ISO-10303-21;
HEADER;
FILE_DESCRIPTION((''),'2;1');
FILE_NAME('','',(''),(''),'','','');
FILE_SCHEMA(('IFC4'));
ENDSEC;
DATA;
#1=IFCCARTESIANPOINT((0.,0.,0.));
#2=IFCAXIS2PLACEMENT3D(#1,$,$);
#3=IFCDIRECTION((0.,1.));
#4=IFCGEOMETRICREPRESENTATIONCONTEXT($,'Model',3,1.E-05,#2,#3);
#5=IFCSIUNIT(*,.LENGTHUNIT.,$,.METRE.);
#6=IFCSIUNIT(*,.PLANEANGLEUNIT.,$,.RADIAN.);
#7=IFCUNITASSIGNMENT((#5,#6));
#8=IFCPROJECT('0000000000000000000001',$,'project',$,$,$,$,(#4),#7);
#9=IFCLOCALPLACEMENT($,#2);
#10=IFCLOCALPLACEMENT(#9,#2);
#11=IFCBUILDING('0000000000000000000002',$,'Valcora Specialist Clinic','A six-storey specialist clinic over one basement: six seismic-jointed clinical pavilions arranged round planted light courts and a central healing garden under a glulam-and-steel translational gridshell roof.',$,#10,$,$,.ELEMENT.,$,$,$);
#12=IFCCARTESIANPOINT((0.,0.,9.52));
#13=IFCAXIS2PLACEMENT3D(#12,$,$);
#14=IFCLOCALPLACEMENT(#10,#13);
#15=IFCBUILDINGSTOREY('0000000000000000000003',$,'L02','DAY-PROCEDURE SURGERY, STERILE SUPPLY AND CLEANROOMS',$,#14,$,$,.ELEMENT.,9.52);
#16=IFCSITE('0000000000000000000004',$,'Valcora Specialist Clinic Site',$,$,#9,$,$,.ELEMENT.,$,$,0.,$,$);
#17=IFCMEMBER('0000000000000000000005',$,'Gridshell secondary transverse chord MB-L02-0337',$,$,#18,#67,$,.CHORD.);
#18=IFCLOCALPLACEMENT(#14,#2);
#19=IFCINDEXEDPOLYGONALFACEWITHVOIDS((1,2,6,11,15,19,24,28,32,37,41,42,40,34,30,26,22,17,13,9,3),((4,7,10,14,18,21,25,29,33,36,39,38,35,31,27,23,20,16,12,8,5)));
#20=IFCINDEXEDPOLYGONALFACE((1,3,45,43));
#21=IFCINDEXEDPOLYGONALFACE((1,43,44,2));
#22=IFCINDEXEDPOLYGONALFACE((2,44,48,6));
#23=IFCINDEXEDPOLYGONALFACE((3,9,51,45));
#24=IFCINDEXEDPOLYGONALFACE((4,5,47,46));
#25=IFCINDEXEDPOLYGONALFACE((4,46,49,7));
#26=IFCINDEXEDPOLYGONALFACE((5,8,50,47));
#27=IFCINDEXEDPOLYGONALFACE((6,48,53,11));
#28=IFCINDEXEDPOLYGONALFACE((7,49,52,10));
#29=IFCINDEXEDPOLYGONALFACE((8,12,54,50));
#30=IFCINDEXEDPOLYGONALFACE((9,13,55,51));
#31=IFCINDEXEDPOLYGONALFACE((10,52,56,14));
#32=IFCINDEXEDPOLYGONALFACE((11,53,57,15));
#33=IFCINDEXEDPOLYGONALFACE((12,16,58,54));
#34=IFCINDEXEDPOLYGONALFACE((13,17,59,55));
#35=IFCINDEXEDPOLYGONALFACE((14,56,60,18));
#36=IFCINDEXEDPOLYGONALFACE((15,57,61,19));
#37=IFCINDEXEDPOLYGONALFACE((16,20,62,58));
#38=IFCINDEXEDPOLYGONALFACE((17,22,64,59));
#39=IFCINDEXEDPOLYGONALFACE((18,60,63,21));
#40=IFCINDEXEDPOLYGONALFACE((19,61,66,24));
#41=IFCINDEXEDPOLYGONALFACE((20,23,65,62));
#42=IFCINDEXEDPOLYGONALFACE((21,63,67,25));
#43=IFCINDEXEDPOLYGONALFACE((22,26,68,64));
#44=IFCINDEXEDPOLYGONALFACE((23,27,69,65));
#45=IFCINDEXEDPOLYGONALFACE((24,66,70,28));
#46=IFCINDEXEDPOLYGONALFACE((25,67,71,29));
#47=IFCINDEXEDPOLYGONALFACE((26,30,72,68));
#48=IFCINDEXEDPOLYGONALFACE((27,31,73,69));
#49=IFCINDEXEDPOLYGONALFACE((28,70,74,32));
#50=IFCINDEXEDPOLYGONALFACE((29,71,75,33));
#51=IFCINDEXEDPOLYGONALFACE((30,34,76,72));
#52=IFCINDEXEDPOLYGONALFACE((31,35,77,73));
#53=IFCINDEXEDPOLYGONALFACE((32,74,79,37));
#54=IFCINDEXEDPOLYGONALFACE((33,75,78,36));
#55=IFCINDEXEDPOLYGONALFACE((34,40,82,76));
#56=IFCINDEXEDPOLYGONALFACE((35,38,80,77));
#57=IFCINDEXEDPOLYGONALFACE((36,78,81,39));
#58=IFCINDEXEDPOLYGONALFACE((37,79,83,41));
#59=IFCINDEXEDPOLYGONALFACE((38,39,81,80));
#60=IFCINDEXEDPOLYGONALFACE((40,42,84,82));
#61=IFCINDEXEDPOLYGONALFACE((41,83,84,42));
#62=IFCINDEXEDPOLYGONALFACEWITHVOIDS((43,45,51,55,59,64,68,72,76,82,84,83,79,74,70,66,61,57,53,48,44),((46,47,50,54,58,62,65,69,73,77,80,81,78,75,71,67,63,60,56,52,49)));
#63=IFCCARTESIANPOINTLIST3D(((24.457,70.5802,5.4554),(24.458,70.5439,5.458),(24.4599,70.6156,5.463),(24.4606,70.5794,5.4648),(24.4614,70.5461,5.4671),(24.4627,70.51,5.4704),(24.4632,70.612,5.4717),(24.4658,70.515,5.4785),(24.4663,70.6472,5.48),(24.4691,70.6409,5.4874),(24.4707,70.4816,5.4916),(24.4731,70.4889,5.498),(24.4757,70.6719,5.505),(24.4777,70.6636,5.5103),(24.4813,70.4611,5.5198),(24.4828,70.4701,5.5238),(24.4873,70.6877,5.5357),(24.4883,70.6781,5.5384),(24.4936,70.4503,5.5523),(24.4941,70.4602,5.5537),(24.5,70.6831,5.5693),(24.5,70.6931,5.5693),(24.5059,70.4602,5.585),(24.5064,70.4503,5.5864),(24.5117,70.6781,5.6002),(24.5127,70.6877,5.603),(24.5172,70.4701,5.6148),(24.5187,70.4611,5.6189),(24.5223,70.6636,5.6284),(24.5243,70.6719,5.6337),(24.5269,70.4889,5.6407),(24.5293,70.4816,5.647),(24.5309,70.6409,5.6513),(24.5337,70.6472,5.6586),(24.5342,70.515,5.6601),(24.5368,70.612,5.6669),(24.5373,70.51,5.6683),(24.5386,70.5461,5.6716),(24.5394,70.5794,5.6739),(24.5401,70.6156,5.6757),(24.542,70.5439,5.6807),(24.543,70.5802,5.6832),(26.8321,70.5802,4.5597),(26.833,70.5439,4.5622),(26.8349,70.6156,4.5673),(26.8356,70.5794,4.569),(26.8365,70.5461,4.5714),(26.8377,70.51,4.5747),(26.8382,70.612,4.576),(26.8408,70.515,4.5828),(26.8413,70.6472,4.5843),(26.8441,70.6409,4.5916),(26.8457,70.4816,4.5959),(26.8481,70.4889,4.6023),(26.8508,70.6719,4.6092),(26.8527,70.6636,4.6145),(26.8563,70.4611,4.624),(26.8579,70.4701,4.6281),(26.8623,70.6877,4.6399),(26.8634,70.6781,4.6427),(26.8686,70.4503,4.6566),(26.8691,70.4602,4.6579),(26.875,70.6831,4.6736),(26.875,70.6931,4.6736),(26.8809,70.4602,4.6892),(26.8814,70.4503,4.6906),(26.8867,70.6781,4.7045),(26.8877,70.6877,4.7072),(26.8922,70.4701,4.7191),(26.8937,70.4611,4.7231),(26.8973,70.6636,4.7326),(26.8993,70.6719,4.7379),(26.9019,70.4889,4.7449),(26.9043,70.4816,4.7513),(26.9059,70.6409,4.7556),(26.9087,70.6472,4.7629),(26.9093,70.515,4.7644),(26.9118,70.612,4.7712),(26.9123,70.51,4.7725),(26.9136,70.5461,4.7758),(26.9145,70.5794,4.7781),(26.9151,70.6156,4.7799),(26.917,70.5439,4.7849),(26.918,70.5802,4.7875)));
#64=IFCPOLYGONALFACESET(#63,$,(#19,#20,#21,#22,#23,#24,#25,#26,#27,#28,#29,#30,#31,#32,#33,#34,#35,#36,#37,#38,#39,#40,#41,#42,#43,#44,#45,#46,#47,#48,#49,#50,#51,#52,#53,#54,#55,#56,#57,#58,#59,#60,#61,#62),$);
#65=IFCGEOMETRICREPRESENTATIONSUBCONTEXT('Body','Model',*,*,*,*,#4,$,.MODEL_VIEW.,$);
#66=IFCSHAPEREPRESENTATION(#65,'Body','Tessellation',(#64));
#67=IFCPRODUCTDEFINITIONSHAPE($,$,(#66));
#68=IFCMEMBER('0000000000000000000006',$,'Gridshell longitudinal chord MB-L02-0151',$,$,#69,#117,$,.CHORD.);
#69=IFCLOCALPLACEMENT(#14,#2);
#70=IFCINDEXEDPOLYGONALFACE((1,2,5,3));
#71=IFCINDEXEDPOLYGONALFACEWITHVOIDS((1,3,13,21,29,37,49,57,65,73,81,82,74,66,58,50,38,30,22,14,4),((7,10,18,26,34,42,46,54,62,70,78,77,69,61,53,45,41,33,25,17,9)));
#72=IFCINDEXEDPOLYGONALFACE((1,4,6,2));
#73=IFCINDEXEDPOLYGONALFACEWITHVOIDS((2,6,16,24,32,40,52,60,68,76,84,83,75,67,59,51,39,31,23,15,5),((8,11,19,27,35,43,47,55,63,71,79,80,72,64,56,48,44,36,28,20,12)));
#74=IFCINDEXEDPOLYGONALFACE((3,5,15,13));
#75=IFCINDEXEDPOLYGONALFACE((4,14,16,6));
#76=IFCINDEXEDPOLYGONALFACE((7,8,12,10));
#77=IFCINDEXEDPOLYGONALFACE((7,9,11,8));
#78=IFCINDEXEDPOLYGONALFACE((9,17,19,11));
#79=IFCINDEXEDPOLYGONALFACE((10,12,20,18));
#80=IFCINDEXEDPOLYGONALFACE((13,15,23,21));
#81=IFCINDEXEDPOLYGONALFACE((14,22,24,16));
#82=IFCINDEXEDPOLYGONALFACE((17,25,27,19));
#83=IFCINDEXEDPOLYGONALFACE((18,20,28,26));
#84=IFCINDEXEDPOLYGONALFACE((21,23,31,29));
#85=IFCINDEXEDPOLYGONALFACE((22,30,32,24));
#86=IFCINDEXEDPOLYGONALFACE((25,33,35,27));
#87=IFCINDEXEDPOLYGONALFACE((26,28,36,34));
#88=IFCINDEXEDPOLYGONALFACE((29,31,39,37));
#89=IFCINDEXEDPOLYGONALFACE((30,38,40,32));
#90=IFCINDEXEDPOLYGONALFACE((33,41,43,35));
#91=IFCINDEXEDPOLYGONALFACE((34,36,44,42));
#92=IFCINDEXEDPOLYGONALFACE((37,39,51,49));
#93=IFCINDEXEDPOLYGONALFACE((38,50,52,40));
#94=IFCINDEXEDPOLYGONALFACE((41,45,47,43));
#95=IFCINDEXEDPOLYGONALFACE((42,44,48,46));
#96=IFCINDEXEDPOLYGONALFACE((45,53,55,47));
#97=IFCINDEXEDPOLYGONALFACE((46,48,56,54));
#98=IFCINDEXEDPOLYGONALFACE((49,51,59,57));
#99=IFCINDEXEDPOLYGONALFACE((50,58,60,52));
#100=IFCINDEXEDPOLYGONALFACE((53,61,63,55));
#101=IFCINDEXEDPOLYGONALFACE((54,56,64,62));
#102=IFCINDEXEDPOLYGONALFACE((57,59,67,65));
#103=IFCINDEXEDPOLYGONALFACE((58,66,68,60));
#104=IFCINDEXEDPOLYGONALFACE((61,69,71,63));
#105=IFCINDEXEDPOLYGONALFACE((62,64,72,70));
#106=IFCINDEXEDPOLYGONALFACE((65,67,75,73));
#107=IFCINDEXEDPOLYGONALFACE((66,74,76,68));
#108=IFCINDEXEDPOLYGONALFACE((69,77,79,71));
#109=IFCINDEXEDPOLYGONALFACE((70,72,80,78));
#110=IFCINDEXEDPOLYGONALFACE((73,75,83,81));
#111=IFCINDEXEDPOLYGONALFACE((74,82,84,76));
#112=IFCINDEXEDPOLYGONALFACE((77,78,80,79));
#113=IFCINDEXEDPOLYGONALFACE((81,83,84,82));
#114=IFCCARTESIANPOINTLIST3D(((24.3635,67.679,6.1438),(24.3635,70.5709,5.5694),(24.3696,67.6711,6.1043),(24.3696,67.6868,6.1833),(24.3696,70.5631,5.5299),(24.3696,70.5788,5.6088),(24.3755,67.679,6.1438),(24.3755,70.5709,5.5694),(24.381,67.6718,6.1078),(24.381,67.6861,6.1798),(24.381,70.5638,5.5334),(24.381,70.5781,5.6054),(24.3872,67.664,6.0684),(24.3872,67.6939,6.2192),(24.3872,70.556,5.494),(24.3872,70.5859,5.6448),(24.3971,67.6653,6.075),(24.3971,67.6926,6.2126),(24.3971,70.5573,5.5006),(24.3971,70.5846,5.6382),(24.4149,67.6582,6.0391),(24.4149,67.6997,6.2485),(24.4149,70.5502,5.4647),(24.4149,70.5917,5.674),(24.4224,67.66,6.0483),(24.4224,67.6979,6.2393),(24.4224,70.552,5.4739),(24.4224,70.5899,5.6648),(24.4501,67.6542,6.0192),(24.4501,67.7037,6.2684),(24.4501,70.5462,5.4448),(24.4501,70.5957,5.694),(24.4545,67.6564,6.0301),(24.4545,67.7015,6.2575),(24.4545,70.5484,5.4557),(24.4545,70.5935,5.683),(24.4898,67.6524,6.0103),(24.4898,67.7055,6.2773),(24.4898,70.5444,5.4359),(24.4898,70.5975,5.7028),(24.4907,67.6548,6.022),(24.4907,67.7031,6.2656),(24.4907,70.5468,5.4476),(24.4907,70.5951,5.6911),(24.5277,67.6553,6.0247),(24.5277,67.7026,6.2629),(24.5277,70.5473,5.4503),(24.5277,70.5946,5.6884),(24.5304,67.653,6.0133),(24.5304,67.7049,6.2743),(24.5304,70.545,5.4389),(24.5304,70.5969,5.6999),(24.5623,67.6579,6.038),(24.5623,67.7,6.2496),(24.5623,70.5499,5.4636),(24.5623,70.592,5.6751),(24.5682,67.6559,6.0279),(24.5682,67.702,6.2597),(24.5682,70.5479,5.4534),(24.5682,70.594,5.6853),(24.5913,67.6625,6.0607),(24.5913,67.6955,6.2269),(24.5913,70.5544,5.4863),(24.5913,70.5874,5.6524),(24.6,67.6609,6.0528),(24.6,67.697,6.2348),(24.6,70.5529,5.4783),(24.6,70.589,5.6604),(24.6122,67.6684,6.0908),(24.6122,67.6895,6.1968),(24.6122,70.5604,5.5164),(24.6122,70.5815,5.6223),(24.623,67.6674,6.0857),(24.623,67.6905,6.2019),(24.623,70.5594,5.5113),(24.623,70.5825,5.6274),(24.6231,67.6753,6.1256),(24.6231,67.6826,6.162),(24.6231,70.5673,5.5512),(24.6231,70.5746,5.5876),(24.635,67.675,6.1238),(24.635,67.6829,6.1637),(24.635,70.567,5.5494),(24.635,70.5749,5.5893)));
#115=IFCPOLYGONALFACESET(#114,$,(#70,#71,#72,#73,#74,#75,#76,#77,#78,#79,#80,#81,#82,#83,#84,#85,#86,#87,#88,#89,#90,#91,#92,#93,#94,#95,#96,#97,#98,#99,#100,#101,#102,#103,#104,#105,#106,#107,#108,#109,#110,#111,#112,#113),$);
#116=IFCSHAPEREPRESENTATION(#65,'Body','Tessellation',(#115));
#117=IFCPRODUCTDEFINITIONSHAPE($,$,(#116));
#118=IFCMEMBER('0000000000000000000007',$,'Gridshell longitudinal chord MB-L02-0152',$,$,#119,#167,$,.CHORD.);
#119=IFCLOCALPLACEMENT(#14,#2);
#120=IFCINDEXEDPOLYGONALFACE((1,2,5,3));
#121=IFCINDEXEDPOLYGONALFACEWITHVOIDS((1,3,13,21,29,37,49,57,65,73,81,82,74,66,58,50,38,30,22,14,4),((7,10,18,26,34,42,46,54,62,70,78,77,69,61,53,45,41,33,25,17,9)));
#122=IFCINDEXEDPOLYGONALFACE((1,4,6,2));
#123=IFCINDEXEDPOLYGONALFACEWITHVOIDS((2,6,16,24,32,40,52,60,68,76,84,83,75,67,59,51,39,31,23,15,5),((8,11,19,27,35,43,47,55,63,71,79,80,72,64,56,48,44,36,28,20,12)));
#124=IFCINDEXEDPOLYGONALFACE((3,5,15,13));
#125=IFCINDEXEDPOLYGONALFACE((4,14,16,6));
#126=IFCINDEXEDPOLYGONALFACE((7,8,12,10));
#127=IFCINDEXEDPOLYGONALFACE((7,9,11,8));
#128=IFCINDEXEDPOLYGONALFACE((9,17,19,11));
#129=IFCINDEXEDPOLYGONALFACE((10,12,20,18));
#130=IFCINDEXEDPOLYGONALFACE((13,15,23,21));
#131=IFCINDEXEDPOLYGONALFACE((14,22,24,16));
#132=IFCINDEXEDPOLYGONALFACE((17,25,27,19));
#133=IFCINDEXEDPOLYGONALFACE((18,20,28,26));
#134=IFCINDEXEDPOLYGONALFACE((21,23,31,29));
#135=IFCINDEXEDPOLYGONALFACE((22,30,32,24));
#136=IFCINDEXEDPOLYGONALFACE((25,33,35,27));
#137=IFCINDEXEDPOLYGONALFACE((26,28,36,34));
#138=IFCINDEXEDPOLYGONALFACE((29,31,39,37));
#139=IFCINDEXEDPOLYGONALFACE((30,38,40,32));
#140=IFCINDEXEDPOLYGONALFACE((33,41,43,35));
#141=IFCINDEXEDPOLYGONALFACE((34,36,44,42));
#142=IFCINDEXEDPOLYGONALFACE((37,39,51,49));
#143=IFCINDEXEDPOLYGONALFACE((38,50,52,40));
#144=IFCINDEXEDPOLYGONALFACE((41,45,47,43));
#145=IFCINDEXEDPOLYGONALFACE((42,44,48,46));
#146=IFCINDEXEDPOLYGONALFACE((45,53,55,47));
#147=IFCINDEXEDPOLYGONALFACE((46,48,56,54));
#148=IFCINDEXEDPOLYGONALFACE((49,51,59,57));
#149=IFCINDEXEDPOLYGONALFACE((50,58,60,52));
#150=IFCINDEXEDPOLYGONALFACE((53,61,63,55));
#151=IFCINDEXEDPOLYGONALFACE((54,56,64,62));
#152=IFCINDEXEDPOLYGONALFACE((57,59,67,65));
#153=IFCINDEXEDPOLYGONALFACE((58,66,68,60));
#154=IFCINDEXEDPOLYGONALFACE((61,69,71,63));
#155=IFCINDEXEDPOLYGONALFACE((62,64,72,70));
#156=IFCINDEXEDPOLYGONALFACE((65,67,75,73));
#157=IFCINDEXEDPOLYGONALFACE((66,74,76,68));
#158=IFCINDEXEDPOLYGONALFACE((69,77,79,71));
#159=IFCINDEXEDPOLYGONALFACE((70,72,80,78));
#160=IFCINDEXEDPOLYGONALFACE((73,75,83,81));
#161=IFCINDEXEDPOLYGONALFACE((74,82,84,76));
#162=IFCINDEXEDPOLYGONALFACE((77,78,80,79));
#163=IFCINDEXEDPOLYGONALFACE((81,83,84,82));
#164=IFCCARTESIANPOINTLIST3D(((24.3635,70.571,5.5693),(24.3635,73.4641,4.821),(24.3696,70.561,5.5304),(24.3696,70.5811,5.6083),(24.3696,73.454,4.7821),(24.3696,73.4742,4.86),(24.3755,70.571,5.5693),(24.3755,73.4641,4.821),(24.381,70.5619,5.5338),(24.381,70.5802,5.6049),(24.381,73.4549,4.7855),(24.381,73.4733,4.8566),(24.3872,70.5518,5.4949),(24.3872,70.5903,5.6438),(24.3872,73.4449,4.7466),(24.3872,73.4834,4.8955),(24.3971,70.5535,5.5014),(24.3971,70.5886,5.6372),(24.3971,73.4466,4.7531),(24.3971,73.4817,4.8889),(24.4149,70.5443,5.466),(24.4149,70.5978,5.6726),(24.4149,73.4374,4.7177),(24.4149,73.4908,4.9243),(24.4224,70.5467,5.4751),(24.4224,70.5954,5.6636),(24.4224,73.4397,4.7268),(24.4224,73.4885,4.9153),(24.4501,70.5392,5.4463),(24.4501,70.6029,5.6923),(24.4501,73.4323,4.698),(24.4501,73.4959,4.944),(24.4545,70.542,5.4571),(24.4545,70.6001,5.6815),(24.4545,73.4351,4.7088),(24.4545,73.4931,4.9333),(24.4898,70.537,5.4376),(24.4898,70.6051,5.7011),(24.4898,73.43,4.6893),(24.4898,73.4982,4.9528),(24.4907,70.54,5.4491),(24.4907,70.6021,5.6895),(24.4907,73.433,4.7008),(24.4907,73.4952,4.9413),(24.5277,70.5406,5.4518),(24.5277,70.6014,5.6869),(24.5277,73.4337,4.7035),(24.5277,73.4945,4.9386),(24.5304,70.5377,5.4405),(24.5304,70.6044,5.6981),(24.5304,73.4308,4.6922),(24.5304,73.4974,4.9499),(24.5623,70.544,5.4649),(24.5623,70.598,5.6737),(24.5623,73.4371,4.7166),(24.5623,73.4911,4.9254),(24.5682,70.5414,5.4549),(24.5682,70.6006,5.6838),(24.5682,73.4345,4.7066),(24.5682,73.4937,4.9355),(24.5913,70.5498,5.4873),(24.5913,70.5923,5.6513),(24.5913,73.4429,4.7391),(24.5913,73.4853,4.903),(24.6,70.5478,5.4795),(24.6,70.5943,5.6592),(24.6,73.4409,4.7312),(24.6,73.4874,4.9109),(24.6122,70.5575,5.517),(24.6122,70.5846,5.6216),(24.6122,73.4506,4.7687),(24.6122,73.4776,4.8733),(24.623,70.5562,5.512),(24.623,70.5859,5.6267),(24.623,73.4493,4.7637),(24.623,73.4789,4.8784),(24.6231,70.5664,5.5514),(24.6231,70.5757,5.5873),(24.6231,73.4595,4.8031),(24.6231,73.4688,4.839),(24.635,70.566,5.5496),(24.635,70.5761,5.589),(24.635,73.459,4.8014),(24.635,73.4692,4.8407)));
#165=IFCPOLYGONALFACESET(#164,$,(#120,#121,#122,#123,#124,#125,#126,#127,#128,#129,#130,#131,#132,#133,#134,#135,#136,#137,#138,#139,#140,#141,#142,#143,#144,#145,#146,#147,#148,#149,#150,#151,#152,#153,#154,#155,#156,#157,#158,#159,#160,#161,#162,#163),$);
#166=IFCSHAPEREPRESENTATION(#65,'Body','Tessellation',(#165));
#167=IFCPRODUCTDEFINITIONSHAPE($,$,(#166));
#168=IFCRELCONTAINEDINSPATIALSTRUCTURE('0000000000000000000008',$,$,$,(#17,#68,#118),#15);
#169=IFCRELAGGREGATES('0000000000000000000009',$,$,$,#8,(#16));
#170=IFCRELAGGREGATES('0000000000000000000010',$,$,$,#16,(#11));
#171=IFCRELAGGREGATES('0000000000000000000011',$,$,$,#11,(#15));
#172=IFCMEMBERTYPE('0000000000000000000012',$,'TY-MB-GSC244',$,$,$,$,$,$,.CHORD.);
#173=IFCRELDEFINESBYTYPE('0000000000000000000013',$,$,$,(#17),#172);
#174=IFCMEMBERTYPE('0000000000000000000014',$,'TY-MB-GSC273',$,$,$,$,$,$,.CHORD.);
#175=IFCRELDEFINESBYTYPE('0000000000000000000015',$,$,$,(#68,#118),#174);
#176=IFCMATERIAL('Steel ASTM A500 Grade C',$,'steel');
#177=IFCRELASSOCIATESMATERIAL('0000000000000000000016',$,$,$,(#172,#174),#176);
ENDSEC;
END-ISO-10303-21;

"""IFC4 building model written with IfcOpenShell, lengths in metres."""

from ifc_helpers import new_model, si_unit, direction, frame, origin, origin_2d, place, context, subcontext, project, spatial, hollow_circle, extrude, material, material_profile, profile_set, type_object, element, save


model = new_model("IFC4")

# Units and contexts
model_context = context("Model", 3, precision=1e-05, world=origin(), true_north=direction((0.0, 1.0)))
body_context = subcontext(model_context, "Body", "Model", "MODEL_VIEW")
ifc_project = project(units=[si_unit("LENGTHUNIT", "METRE"), si_unit("PLANEANGLEUNIT", "RADIAN")], contexts=[model_context])

# Site, building, storey
site_placement = place(None, origin())
site = spatial("IfcSite", under=ifc_project, at=site_placement, Name="Valcora Specialist Clinic Site", CompositionType="ELEMENT", RefElevation=0.0)
building_placement = place(site_placement, origin())
building = spatial("IfcBuilding", under=site, at=building_placement, Name="Valcora Specialist Clinic", Description="A six-storey specialist clinic over one basement: six seismic-jointed clinical pavilions arranged round planted light courts and a central healing garden under a glulam-and-steel translational gridshell roof.", CompositionType="ELEMENT")
storey_placement = place(building_placement, frame((0.0, 0.0, 9.52)))
storey = spatial("IfcBuildingStorey", under=building, at=storey_placement, Name="L02", Description="DAY-PROCEDURE SURGERY, STERILE SUPPLY AND CLEANROOMS", CompositionType="ELEMENT", Elevation=9.52)

# Members
ifc_material_1 = material(Name="Steel ASTM A500 Grade C", Category="steel")
ifc_material_profile_1 = material_profile(ifc_material_1, hollow_circle(Radius=0.1221, WallThickness=0.01, at=origin_2d()), Name="ST-CHS-244X10")
ifc_profile_set_1 = profile_set([ifc_material_profile_1], Name="Steel ASTM A500 Grade C")
member_type_1 = type_object("IfcMemberType", Name="TY-MB-GSC244", PredefinedType="CHORD", material=ifc_profile_set_1)
member_1_placement = place(storey_placement, frame((24.5, 70.571, 5.5693), z_axis=(0.935663, 0.0, -0.352894), x_axis=(0.0, 1.0, 0.0)))
element("IfcMember", 1, at=member_1_placement, inside=storey, type_object=member_type_1, Name="Gridshell secondary transverse chord MB-L02-0337", PredefinedType="CHORD", context=body_context, shape_type="SweptSolid", body=[
    extrude(hollow_circle(Radius=0.1221, WallThickness=0.01, at=origin_2d()), origin(), (0.0, 0.0, 1.0), 2.5383),
])
ifc_material_profile_2 = material_profile(ifc_material_1, hollow_circle(Radius=0.1365, WallThickness=0.012, at=origin_2d()), Name="ST-CHS-273X12")
ifc_profile_set_2 = profile_set([ifc_material_profile_2], Name="Steel ASTM A500 Grade C")
member_type_2 = type_object("IfcMemberType", Name="TY-MB-GSC273", PredefinedType="CHORD", material=ifc_profile_set_2)
member_2_placement = place(storey_placement, frame((24.5, 67.679, 6.1438), z_axis=(0.0, 0.980838, -0.194826), x_axis=(-1.0, 0.0, 0.0)))
element("IfcMember", 2, at=member_2_placement, inside=storey, type_object=member_type_2, Name="Gridshell longitudinal chord MB-L02-0151", PredefinedType="CHORD", context=body_context, shape_type="SweptSolid", body=[
    extrude(hollow_circle(Radius=0.1365, WallThickness=0.012, at=origin_2d()), origin(), (0.0, 0.0, 1.0), 2.9485),
])
member_3_placement = place(storey_placement, frame((24.5, 70.571, 5.5693), z_axis=(0.0, 0.96814, -0.250409), x_axis=(-1.0, 0.0, 0.0)))
element("IfcMember", 3, at=member_3_placement, inside=storey, type_object=member_type_2, Name="Gridshell longitudinal chord MB-L02-0152", PredefinedType="CHORD", context=body_context, shape_type="SweptSolid", body=[
    extrude(hollow_circle(Radius=0.1365, WallThickness=0.012, at=origin_2d()), origin(), (0.0, 0.0, 1.0), 2.9883),
])

save(model, "model.ifc")
